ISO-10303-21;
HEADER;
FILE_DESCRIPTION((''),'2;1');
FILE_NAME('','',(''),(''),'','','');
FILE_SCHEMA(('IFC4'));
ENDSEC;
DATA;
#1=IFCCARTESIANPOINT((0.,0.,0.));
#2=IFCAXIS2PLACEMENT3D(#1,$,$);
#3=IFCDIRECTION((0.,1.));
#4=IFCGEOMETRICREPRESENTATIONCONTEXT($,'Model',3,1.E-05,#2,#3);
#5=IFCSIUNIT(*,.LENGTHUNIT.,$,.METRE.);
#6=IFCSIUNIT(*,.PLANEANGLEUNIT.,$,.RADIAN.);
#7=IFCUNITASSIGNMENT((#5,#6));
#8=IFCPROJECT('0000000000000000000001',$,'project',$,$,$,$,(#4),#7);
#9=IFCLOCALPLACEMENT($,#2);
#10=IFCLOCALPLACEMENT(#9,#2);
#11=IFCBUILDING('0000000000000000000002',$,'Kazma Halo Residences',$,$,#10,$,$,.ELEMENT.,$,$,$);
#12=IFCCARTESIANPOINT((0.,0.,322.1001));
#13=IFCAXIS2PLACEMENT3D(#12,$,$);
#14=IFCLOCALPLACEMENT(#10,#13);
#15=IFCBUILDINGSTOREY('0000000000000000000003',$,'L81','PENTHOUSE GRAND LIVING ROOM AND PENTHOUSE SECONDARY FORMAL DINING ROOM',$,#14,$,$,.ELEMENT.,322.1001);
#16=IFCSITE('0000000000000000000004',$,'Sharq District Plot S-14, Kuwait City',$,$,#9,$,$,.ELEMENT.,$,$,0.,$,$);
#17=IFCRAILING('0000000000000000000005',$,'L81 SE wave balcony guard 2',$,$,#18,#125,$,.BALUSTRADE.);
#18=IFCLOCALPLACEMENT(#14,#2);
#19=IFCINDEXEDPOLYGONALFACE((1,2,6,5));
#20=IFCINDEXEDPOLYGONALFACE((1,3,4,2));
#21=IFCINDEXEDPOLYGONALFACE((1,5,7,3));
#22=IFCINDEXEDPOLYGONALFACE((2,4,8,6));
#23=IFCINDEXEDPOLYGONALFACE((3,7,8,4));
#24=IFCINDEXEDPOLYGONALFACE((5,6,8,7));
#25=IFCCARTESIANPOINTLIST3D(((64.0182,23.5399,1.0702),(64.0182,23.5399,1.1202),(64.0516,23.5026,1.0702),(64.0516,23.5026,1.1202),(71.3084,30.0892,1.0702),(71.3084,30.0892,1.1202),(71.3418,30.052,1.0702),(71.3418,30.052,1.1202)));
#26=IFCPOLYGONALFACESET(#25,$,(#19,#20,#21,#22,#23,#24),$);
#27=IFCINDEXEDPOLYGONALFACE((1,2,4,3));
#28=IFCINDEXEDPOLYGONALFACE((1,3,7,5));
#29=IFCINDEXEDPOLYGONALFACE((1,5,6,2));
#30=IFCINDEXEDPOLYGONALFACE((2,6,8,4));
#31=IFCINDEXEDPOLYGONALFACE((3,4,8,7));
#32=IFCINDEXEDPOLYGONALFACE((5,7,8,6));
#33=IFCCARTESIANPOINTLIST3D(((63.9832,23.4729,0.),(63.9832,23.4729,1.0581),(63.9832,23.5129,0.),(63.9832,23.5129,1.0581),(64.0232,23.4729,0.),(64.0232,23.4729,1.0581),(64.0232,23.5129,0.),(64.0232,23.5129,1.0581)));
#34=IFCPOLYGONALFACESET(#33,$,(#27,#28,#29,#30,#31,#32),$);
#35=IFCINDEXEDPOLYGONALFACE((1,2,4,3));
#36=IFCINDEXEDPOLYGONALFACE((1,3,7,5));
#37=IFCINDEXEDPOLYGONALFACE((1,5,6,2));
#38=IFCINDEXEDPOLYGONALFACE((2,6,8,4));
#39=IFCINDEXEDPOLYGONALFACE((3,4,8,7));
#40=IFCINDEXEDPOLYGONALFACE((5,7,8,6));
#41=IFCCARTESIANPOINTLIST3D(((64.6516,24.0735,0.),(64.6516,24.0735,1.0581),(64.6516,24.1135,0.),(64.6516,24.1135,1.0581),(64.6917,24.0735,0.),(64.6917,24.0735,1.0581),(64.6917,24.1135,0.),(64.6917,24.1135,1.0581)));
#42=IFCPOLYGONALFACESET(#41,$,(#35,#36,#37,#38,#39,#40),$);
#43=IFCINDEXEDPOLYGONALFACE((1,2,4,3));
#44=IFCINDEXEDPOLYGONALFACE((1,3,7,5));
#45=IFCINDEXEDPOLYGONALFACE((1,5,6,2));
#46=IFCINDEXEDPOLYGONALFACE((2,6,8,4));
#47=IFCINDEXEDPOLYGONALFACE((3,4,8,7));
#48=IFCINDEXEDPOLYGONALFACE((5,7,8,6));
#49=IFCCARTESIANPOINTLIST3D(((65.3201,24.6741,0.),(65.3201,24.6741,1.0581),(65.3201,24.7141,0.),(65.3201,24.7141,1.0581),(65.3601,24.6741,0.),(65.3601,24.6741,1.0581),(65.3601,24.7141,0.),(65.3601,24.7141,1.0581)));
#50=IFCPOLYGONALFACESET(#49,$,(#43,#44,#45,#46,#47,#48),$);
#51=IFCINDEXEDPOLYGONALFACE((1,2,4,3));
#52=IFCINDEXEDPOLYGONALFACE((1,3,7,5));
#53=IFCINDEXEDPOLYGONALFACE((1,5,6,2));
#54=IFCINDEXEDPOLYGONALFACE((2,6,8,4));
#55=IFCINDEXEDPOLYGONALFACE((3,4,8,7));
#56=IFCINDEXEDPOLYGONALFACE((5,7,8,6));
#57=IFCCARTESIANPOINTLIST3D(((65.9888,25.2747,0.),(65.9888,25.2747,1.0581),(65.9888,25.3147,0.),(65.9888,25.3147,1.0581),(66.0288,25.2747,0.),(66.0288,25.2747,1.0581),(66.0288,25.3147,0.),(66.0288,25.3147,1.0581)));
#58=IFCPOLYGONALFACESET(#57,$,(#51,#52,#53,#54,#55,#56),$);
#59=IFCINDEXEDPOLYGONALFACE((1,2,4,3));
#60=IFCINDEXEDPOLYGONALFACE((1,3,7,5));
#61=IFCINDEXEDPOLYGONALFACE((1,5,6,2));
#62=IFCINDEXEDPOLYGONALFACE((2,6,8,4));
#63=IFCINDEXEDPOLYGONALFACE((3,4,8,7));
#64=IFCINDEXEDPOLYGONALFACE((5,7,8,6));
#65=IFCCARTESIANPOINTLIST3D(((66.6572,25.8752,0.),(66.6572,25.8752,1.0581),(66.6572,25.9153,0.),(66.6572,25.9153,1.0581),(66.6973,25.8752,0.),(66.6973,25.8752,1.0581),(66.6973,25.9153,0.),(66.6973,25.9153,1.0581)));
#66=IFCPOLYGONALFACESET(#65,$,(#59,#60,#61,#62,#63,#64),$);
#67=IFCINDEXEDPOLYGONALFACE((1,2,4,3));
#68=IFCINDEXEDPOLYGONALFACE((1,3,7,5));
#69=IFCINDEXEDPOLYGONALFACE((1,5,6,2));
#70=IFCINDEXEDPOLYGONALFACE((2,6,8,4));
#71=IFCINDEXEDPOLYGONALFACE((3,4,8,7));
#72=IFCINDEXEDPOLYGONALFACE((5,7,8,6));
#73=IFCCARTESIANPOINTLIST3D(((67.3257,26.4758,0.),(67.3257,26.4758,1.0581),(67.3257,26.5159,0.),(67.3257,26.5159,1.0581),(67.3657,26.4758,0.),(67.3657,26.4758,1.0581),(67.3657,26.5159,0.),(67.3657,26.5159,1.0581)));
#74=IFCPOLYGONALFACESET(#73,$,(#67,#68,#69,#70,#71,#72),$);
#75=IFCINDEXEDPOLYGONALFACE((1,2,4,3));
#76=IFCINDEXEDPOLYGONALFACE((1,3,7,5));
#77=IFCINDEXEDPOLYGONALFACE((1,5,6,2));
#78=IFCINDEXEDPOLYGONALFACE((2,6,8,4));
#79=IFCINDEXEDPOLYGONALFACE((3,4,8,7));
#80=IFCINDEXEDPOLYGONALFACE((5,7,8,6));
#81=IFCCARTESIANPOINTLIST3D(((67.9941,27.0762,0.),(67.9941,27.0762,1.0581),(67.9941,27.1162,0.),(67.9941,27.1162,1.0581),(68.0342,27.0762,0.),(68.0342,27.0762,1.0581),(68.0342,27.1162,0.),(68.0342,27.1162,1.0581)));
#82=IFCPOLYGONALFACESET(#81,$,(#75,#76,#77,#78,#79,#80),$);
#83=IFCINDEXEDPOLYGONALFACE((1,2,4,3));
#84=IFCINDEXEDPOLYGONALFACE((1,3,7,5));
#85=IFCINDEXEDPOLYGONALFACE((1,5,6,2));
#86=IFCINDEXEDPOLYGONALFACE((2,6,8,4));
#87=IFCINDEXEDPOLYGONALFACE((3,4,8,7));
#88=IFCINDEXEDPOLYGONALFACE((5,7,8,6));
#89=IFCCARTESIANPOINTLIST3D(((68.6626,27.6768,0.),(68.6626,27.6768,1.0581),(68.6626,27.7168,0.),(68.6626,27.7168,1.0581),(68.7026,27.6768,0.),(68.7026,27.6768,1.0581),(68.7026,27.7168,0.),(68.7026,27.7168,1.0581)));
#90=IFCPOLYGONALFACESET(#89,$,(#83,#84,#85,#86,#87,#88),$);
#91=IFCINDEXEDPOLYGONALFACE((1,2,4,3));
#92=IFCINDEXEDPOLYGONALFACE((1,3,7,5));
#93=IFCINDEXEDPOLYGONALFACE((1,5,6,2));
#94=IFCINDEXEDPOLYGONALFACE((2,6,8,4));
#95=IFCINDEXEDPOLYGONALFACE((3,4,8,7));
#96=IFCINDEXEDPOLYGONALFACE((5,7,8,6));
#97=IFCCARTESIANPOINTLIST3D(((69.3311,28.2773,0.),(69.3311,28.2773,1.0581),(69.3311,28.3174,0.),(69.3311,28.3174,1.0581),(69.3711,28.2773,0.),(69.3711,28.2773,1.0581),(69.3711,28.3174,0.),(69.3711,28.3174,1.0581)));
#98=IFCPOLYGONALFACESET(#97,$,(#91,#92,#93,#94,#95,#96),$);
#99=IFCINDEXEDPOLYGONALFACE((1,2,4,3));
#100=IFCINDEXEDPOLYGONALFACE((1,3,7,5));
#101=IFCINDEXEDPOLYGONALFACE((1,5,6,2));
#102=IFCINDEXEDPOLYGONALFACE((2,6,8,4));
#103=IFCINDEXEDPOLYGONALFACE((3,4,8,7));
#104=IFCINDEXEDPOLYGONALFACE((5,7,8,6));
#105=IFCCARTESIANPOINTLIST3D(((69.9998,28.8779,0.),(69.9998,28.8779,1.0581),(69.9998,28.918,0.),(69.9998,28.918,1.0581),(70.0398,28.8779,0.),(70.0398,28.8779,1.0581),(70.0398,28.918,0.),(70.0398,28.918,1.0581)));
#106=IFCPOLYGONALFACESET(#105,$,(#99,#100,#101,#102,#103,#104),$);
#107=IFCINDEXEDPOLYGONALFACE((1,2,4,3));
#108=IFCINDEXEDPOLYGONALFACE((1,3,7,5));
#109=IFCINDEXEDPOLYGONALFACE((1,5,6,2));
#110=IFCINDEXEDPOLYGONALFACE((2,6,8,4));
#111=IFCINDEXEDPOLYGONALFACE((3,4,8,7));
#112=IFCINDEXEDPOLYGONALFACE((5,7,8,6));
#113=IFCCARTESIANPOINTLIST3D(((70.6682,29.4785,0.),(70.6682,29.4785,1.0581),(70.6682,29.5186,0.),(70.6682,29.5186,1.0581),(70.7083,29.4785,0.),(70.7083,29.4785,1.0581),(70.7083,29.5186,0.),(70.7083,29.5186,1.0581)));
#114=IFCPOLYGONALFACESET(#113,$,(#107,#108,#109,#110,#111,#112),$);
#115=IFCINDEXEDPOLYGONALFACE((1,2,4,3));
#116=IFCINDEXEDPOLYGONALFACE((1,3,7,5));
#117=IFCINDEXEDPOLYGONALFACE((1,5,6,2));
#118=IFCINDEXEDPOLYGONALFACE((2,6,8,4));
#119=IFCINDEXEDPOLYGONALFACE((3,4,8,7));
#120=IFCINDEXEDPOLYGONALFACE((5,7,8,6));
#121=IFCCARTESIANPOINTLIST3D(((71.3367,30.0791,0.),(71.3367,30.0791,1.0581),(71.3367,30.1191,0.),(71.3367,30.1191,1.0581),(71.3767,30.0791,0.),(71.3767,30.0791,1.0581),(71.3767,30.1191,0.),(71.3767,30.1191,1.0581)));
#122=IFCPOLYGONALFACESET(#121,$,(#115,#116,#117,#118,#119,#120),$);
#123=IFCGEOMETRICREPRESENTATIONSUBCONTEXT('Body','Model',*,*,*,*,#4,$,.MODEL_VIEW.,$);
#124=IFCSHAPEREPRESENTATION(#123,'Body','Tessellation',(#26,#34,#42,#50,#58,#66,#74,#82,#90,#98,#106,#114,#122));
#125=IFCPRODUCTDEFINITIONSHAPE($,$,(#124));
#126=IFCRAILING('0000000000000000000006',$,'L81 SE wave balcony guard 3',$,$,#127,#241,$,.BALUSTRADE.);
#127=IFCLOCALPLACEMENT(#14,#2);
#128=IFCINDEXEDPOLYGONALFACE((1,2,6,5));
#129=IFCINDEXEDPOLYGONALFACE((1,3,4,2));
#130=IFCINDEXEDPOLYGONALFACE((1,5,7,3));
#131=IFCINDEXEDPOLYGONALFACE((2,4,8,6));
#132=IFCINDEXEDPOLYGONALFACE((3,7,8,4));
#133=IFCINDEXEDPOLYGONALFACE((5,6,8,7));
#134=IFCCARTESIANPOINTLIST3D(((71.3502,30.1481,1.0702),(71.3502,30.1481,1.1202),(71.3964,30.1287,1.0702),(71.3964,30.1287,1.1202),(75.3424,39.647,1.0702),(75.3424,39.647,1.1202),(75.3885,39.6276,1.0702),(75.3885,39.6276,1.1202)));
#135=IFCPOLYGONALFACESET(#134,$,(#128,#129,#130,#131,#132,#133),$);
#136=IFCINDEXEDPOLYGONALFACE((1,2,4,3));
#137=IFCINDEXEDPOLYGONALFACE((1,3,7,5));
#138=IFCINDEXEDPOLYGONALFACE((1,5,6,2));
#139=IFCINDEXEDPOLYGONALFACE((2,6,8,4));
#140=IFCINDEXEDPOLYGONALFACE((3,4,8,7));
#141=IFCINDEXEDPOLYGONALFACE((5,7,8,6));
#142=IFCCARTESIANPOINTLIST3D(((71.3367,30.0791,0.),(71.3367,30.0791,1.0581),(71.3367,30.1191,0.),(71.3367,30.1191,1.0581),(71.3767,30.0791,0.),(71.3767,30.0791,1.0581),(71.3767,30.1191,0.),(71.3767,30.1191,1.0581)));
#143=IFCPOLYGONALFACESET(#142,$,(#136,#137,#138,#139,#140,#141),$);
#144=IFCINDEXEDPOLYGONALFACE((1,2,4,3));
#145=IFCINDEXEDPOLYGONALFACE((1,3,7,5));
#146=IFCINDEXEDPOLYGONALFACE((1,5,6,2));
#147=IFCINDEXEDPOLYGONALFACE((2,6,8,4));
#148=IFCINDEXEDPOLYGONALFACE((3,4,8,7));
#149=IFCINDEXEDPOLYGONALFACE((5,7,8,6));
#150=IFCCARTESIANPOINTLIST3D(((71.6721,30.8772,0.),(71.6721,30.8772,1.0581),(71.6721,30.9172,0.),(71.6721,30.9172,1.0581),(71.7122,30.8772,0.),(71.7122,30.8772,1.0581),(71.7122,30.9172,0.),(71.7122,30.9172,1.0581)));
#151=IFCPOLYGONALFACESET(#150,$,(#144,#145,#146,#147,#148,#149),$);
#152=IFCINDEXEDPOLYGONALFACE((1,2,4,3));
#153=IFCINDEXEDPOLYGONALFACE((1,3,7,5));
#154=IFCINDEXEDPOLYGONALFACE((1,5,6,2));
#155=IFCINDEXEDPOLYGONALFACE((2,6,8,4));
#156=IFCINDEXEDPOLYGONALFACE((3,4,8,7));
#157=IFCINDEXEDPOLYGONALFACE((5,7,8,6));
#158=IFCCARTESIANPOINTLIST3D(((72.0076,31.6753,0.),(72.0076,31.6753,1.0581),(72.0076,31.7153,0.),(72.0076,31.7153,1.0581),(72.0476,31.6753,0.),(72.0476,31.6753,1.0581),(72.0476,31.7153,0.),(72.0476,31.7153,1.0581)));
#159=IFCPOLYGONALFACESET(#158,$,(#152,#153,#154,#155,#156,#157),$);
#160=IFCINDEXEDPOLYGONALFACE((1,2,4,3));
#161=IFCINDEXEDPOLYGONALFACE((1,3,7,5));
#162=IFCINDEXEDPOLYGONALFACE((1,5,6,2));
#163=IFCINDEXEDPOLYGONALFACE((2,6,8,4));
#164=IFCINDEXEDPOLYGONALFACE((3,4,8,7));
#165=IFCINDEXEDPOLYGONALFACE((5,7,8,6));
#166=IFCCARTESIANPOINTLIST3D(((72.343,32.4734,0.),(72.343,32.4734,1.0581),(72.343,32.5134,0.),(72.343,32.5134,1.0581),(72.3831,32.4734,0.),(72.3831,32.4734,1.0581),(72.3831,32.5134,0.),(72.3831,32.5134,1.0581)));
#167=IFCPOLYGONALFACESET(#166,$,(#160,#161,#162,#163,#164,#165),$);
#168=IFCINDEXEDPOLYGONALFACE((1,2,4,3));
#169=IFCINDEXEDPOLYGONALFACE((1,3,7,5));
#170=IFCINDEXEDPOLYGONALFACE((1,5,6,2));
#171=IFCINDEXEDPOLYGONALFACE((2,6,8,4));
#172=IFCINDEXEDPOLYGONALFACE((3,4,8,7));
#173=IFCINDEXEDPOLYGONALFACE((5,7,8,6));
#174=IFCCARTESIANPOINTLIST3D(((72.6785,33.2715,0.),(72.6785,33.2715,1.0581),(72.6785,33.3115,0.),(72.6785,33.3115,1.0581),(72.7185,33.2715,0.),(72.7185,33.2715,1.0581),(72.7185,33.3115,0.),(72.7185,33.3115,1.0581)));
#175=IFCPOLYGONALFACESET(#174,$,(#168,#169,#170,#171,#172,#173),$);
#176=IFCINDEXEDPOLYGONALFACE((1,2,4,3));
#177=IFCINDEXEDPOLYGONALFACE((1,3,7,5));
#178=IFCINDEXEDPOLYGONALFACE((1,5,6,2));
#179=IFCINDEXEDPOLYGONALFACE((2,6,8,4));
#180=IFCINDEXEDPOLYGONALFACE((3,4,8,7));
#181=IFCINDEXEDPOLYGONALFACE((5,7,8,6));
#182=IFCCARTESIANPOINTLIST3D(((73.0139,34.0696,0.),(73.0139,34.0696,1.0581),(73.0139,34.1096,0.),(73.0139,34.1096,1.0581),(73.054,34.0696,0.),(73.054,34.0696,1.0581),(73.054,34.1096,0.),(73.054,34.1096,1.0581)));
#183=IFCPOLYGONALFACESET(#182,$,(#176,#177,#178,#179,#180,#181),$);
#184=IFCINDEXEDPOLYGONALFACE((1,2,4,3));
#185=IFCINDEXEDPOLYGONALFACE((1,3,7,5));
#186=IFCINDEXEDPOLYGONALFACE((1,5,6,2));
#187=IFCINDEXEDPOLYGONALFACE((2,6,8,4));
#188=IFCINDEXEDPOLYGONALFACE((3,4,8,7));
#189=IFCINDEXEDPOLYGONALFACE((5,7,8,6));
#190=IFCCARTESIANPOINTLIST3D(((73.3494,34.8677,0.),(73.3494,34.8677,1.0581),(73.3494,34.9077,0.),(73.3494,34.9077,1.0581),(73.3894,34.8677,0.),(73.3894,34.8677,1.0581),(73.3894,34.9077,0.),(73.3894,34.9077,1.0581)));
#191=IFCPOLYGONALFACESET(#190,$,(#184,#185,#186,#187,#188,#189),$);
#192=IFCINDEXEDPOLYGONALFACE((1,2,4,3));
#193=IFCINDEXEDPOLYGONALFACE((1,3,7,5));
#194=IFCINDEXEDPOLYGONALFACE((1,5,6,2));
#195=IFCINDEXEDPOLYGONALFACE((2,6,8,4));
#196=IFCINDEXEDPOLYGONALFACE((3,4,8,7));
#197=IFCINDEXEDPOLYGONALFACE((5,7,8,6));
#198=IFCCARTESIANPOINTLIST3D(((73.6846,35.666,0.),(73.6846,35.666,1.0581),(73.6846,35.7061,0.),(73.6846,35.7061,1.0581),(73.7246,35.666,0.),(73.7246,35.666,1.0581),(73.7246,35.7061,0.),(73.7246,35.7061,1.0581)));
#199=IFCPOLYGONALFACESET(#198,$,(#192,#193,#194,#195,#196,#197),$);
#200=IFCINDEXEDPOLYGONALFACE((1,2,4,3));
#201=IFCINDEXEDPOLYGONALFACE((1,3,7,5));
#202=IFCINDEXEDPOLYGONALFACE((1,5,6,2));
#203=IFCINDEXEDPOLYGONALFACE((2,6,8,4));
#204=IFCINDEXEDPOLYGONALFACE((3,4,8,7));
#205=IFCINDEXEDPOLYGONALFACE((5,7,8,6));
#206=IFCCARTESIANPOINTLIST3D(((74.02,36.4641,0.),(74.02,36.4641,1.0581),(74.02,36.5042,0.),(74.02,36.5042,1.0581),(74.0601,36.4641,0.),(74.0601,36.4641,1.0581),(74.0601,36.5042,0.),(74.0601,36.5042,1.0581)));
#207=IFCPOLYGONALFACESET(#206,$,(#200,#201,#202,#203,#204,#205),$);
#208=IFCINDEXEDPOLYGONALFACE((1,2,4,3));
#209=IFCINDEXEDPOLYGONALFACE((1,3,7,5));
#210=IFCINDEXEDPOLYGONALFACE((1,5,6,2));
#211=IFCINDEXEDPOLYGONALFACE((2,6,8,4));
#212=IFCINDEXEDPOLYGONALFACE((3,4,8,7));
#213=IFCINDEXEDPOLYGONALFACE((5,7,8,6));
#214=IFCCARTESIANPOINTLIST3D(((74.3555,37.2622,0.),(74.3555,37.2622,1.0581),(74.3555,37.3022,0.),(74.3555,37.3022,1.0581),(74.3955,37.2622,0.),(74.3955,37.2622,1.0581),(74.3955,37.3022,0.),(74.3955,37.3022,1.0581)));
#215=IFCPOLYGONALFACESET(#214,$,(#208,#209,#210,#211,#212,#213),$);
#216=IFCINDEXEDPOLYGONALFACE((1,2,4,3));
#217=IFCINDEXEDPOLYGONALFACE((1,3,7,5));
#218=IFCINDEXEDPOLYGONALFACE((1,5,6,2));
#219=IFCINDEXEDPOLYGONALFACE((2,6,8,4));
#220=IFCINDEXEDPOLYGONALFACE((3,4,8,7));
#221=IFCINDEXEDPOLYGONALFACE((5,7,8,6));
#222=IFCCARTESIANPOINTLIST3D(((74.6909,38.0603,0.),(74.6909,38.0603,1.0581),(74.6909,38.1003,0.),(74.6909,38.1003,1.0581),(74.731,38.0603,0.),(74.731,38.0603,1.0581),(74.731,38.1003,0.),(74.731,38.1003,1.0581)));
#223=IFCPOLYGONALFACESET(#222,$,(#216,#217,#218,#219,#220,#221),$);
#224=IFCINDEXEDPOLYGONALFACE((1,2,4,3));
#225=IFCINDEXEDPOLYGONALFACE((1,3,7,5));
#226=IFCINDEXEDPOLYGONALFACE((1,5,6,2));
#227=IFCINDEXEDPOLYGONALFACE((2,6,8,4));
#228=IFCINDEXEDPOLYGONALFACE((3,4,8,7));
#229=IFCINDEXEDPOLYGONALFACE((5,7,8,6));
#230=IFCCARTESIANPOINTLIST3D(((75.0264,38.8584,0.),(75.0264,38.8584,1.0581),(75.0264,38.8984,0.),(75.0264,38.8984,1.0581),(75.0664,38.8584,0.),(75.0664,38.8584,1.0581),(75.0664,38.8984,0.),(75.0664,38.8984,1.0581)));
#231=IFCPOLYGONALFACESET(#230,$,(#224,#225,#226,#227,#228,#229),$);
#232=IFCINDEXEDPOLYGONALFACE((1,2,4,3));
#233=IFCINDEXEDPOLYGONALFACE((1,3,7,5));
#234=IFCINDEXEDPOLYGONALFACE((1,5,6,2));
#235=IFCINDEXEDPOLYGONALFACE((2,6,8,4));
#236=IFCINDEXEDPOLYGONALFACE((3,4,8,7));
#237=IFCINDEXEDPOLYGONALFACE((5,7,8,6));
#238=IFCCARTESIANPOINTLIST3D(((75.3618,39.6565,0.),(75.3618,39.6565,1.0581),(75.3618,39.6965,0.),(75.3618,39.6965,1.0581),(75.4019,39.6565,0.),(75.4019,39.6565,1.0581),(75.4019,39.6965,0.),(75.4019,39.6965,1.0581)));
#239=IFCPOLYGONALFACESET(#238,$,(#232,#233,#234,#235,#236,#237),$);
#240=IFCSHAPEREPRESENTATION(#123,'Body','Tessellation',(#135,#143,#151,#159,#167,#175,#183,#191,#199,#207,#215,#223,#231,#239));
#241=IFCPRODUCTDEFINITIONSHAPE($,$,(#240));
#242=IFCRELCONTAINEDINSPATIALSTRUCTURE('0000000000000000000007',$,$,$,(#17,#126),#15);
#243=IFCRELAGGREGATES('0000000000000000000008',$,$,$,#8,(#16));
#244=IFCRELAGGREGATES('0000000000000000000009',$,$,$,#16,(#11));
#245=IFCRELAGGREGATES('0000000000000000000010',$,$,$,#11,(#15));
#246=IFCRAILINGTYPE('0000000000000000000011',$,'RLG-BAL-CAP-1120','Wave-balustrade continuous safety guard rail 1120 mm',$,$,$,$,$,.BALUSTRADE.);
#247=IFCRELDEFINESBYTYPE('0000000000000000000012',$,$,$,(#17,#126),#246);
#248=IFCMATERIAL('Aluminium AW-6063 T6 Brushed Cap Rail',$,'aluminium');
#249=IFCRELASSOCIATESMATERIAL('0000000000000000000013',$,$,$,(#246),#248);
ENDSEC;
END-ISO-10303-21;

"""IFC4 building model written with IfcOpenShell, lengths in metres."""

from ifc_helpers import new_model, si_unit, direction, frame, origin, origin_2d, place, context, subcontext, project, spatial, rectangle, extrude, material, type_object, element, save


model = new_model("IFC4")

# Units and contexts
model_context = context("Model", 3, precision=1e-05, world=origin(), true_north=direction((0.0, 1.0)))
body_context = subcontext(model_context, "Body", "Model", "MODEL_VIEW")
ifc_project = project(units=[si_unit("LENGTHUNIT", "METRE"), si_unit("PLANEANGLEUNIT", "RADIAN")], contexts=[model_context])

# Site, building, storey
site_placement = place(None, origin())
site = spatial("IfcSite", under=ifc_project, at=site_placement, Name="Sharq District Plot S-14, Kuwait City", CompositionType="ELEMENT", RefElevation=0.0)
building_placement = place(site_placement, origin())
building = spatial("IfcBuilding", under=site, at=building_placement, Name="Kazma Halo Residences", CompositionType="ELEMENT")
storey_placement = place(building_placement, frame((0.0, 0.0, 322.1001)))
storey = spatial("IfcBuildingStorey", under=building, at=storey_placement, Name="L81", Description="PENTHOUSE GRAND LIVING ROOM AND PENTHOUSE SECONDARY FORMAL DINING ROOM", CompositionType="ELEMENT", Elevation=322.1001)

# Railings
ifc_material_1 = material(Name="Aluminium AW-6063 T6 Brushed Cap Rail", Category="aluminium")
railing_type = type_object("IfcRailingType", Name="RLG-BAL-CAP-1120", Description="Wave-balustrade continuous safety guard rail 1120 mm", PredefinedType="BALUSTRADE", material=ifc_material_1)
railing_1_placement = place(storey_placement, frame((64.0032, 23.4929, 0.0)))
element("IfcRailing", 1, at=railing_1_placement, inside=storey, type_object=railing_type, Name="L81 SE wave balcony guard 2", PredefinedType="BALUSTRADE", context=body_context, shape_type="SweptSolid", body=[
    extrude(rectangle(XDim=0.05, YDim=0.05, at=origin_2d()), frame((0.0317, 0.0283, 1.0952), z_axis=(0.743896, 0.668296, 0.0), x_axis=(-0.668296, 0.743896, 0.0)), (0.0, 0.0, 1.0), 9.8),
    extrude(rectangle(XDim=0.04, YDim=0.04, at=origin_2d()), origin(), (0.0, 0.0, 1.0), 1.0581),
    extrude(rectangle(XDim=0.04, YDim=0.04, at=origin_2d()), frame((0.6685, 0.6006, 0.0)), (0.0, 0.0, 1.0), 1.0581),
    extrude(rectangle(XDim=0.04, YDim=0.04, at=origin_2d()), frame((1.3369, 1.2012, 0.0)), (0.0, 0.0, 1.0), 1.0581),
    extrude(rectangle(XDim=0.04, YDim=0.04, at=origin_2d()), frame((2.0056, 1.8018, 0.0)), (0.0, 0.0, 1.0), 1.0581),
    extrude(rectangle(XDim=0.04, YDim=0.04, at=origin_2d()), frame((2.6741, 2.4023, 0.0)), (0.0, 0.0, 1.0), 1.0581),
    extrude(rectangle(XDim=0.04, YDim=0.04, at=origin_2d()), frame((3.3425, 3.0029, 0.0)), (0.0, 0.0, 1.0), 1.0581),
    extrude(rectangle(XDim=0.04, YDim=0.04, at=origin_2d()), frame((4.011, 3.6033, 0.0)), (0.0, 0.0, 1.0), 1.0581),
    extrude(rectangle(XDim=0.04, YDim=0.04, at=origin_2d()), frame((4.6794, 4.2039, 0.0)), (0.0, 0.0, 1.0), 1.0581),
    extrude(rectangle(XDim=0.04, YDim=0.04, at=origin_2d()), frame((5.3479, 4.8044, 0.0)), (0.0, 0.0, 1.0), 1.0581),
    extrude(rectangle(XDim=0.04, YDim=0.04, at=origin_2d()), frame((6.0166, 5.405, 0.0)), (0.0, 0.0, 1.0), 1.0581),
    extrude(rectangle(XDim=0.04, YDim=0.04, at=origin_2d()), frame((6.6851, 6.0056, 0.0)), (0.0, 0.0, 1.0), 1.0581),
    extrude(rectangle(XDim=0.04, YDim=0.04, at=origin_2d()), frame((7.3535, 6.6062, 0.0)), (0.0, 0.0, 1.0), 1.0581),
])
railing_2_placement = place(storey_placement, frame((71.3567, 30.0991, 0.0)))
element("IfcRailing", 2, at=railing_2_placement, inside=storey, type_object=railing_type, Name="L81 SE wave balcony guard 3", PredefinedType="BALUSTRADE", context=body_context, shape_type="SweptSolid", body=[
    extrude(rectangle(XDim=0.05, YDim=0.05, at=origin_2d()), frame((0.0166, 0.0393, 1.0952), z_axis=(0.387449, 0.921891, 0.0), x_axis=(-0.921891, 0.387449, 0.0)), (0.0, 0.0, 1.0), 10.3037),
    extrude(rectangle(XDim=0.04, YDim=0.04, at=origin_2d()), origin(), (0.0, 0.0, 1.0), 1.0581),
    extrude(rectangle(XDim=0.04, YDim=0.04, at=origin_2d()), frame((0.3354, 0.7981, 0.0)), (0.0, 0.0, 1.0), 1.0581),
    extrude(rectangle(XDim=0.04, YDim=0.04, at=origin_2d()), frame((0.6709, 1.5962, 0.0)), (0.0, 0.0, 1.0), 1.0581),
    extrude(rectangle(XDim=0.04, YDim=0.04, at=origin_2d()), frame((1.0063, 2.3943, 0.0)), (0.0, 0.0, 1.0), 1.0581),
    extrude(rectangle(XDim=0.04, YDim=0.04, at=origin_2d()), frame((1.3418, 3.1924, 0.0)), (0.0, 0.0, 1.0), 1.0581),
    extrude(rectangle(XDim=0.04, YDim=0.04, at=origin_2d()), frame((1.6772, 3.9905, 0.0)), (0.0, 0.0, 1.0), 1.0581),
    extrude(rectangle(XDim=0.04, YDim=0.04, at=origin_2d()), frame((2.0127, 4.7886, 0.0)), (0.0, 0.0, 1.0), 1.0581),
    extrude(rectangle(XDim=0.04, YDim=0.04, at=origin_2d()), frame((2.3479, 5.5869, 0.0)), (0.0, 0.0, 1.0), 1.0581),
    extrude(rectangle(XDim=0.04, YDim=0.04, at=origin_2d()), frame((2.6833, 6.385, 0.0)), (0.0, 0.0, 1.0), 1.0581),
    extrude(rectangle(XDim=0.04, YDim=0.04, at=origin_2d()), frame((3.0188, 7.1831, 0.0)), (0.0, 0.0, 1.0), 1.0581),
    extrude(rectangle(XDim=0.04, YDim=0.04, at=origin_2d()), frame((3.3542, 7.9812, 0.0)), (0.0, 0.0, 1.0), 1.0581),
    extrude(rectangle(XDim=0.04, YDim=0.04, at=origin_2d()), frame((3.6897, 8.7793, 0.0)), (0.0, 0.0, 1.0), 1.0581),
    extrude(rectangle(XDim=0.04, YDim=0.04, at=origin_2d()), frame((4.0251, 9.5774, 0.0)), (0.0, 0.0, 1.0), 1.0581),
])

save(model, "model.ifc")
